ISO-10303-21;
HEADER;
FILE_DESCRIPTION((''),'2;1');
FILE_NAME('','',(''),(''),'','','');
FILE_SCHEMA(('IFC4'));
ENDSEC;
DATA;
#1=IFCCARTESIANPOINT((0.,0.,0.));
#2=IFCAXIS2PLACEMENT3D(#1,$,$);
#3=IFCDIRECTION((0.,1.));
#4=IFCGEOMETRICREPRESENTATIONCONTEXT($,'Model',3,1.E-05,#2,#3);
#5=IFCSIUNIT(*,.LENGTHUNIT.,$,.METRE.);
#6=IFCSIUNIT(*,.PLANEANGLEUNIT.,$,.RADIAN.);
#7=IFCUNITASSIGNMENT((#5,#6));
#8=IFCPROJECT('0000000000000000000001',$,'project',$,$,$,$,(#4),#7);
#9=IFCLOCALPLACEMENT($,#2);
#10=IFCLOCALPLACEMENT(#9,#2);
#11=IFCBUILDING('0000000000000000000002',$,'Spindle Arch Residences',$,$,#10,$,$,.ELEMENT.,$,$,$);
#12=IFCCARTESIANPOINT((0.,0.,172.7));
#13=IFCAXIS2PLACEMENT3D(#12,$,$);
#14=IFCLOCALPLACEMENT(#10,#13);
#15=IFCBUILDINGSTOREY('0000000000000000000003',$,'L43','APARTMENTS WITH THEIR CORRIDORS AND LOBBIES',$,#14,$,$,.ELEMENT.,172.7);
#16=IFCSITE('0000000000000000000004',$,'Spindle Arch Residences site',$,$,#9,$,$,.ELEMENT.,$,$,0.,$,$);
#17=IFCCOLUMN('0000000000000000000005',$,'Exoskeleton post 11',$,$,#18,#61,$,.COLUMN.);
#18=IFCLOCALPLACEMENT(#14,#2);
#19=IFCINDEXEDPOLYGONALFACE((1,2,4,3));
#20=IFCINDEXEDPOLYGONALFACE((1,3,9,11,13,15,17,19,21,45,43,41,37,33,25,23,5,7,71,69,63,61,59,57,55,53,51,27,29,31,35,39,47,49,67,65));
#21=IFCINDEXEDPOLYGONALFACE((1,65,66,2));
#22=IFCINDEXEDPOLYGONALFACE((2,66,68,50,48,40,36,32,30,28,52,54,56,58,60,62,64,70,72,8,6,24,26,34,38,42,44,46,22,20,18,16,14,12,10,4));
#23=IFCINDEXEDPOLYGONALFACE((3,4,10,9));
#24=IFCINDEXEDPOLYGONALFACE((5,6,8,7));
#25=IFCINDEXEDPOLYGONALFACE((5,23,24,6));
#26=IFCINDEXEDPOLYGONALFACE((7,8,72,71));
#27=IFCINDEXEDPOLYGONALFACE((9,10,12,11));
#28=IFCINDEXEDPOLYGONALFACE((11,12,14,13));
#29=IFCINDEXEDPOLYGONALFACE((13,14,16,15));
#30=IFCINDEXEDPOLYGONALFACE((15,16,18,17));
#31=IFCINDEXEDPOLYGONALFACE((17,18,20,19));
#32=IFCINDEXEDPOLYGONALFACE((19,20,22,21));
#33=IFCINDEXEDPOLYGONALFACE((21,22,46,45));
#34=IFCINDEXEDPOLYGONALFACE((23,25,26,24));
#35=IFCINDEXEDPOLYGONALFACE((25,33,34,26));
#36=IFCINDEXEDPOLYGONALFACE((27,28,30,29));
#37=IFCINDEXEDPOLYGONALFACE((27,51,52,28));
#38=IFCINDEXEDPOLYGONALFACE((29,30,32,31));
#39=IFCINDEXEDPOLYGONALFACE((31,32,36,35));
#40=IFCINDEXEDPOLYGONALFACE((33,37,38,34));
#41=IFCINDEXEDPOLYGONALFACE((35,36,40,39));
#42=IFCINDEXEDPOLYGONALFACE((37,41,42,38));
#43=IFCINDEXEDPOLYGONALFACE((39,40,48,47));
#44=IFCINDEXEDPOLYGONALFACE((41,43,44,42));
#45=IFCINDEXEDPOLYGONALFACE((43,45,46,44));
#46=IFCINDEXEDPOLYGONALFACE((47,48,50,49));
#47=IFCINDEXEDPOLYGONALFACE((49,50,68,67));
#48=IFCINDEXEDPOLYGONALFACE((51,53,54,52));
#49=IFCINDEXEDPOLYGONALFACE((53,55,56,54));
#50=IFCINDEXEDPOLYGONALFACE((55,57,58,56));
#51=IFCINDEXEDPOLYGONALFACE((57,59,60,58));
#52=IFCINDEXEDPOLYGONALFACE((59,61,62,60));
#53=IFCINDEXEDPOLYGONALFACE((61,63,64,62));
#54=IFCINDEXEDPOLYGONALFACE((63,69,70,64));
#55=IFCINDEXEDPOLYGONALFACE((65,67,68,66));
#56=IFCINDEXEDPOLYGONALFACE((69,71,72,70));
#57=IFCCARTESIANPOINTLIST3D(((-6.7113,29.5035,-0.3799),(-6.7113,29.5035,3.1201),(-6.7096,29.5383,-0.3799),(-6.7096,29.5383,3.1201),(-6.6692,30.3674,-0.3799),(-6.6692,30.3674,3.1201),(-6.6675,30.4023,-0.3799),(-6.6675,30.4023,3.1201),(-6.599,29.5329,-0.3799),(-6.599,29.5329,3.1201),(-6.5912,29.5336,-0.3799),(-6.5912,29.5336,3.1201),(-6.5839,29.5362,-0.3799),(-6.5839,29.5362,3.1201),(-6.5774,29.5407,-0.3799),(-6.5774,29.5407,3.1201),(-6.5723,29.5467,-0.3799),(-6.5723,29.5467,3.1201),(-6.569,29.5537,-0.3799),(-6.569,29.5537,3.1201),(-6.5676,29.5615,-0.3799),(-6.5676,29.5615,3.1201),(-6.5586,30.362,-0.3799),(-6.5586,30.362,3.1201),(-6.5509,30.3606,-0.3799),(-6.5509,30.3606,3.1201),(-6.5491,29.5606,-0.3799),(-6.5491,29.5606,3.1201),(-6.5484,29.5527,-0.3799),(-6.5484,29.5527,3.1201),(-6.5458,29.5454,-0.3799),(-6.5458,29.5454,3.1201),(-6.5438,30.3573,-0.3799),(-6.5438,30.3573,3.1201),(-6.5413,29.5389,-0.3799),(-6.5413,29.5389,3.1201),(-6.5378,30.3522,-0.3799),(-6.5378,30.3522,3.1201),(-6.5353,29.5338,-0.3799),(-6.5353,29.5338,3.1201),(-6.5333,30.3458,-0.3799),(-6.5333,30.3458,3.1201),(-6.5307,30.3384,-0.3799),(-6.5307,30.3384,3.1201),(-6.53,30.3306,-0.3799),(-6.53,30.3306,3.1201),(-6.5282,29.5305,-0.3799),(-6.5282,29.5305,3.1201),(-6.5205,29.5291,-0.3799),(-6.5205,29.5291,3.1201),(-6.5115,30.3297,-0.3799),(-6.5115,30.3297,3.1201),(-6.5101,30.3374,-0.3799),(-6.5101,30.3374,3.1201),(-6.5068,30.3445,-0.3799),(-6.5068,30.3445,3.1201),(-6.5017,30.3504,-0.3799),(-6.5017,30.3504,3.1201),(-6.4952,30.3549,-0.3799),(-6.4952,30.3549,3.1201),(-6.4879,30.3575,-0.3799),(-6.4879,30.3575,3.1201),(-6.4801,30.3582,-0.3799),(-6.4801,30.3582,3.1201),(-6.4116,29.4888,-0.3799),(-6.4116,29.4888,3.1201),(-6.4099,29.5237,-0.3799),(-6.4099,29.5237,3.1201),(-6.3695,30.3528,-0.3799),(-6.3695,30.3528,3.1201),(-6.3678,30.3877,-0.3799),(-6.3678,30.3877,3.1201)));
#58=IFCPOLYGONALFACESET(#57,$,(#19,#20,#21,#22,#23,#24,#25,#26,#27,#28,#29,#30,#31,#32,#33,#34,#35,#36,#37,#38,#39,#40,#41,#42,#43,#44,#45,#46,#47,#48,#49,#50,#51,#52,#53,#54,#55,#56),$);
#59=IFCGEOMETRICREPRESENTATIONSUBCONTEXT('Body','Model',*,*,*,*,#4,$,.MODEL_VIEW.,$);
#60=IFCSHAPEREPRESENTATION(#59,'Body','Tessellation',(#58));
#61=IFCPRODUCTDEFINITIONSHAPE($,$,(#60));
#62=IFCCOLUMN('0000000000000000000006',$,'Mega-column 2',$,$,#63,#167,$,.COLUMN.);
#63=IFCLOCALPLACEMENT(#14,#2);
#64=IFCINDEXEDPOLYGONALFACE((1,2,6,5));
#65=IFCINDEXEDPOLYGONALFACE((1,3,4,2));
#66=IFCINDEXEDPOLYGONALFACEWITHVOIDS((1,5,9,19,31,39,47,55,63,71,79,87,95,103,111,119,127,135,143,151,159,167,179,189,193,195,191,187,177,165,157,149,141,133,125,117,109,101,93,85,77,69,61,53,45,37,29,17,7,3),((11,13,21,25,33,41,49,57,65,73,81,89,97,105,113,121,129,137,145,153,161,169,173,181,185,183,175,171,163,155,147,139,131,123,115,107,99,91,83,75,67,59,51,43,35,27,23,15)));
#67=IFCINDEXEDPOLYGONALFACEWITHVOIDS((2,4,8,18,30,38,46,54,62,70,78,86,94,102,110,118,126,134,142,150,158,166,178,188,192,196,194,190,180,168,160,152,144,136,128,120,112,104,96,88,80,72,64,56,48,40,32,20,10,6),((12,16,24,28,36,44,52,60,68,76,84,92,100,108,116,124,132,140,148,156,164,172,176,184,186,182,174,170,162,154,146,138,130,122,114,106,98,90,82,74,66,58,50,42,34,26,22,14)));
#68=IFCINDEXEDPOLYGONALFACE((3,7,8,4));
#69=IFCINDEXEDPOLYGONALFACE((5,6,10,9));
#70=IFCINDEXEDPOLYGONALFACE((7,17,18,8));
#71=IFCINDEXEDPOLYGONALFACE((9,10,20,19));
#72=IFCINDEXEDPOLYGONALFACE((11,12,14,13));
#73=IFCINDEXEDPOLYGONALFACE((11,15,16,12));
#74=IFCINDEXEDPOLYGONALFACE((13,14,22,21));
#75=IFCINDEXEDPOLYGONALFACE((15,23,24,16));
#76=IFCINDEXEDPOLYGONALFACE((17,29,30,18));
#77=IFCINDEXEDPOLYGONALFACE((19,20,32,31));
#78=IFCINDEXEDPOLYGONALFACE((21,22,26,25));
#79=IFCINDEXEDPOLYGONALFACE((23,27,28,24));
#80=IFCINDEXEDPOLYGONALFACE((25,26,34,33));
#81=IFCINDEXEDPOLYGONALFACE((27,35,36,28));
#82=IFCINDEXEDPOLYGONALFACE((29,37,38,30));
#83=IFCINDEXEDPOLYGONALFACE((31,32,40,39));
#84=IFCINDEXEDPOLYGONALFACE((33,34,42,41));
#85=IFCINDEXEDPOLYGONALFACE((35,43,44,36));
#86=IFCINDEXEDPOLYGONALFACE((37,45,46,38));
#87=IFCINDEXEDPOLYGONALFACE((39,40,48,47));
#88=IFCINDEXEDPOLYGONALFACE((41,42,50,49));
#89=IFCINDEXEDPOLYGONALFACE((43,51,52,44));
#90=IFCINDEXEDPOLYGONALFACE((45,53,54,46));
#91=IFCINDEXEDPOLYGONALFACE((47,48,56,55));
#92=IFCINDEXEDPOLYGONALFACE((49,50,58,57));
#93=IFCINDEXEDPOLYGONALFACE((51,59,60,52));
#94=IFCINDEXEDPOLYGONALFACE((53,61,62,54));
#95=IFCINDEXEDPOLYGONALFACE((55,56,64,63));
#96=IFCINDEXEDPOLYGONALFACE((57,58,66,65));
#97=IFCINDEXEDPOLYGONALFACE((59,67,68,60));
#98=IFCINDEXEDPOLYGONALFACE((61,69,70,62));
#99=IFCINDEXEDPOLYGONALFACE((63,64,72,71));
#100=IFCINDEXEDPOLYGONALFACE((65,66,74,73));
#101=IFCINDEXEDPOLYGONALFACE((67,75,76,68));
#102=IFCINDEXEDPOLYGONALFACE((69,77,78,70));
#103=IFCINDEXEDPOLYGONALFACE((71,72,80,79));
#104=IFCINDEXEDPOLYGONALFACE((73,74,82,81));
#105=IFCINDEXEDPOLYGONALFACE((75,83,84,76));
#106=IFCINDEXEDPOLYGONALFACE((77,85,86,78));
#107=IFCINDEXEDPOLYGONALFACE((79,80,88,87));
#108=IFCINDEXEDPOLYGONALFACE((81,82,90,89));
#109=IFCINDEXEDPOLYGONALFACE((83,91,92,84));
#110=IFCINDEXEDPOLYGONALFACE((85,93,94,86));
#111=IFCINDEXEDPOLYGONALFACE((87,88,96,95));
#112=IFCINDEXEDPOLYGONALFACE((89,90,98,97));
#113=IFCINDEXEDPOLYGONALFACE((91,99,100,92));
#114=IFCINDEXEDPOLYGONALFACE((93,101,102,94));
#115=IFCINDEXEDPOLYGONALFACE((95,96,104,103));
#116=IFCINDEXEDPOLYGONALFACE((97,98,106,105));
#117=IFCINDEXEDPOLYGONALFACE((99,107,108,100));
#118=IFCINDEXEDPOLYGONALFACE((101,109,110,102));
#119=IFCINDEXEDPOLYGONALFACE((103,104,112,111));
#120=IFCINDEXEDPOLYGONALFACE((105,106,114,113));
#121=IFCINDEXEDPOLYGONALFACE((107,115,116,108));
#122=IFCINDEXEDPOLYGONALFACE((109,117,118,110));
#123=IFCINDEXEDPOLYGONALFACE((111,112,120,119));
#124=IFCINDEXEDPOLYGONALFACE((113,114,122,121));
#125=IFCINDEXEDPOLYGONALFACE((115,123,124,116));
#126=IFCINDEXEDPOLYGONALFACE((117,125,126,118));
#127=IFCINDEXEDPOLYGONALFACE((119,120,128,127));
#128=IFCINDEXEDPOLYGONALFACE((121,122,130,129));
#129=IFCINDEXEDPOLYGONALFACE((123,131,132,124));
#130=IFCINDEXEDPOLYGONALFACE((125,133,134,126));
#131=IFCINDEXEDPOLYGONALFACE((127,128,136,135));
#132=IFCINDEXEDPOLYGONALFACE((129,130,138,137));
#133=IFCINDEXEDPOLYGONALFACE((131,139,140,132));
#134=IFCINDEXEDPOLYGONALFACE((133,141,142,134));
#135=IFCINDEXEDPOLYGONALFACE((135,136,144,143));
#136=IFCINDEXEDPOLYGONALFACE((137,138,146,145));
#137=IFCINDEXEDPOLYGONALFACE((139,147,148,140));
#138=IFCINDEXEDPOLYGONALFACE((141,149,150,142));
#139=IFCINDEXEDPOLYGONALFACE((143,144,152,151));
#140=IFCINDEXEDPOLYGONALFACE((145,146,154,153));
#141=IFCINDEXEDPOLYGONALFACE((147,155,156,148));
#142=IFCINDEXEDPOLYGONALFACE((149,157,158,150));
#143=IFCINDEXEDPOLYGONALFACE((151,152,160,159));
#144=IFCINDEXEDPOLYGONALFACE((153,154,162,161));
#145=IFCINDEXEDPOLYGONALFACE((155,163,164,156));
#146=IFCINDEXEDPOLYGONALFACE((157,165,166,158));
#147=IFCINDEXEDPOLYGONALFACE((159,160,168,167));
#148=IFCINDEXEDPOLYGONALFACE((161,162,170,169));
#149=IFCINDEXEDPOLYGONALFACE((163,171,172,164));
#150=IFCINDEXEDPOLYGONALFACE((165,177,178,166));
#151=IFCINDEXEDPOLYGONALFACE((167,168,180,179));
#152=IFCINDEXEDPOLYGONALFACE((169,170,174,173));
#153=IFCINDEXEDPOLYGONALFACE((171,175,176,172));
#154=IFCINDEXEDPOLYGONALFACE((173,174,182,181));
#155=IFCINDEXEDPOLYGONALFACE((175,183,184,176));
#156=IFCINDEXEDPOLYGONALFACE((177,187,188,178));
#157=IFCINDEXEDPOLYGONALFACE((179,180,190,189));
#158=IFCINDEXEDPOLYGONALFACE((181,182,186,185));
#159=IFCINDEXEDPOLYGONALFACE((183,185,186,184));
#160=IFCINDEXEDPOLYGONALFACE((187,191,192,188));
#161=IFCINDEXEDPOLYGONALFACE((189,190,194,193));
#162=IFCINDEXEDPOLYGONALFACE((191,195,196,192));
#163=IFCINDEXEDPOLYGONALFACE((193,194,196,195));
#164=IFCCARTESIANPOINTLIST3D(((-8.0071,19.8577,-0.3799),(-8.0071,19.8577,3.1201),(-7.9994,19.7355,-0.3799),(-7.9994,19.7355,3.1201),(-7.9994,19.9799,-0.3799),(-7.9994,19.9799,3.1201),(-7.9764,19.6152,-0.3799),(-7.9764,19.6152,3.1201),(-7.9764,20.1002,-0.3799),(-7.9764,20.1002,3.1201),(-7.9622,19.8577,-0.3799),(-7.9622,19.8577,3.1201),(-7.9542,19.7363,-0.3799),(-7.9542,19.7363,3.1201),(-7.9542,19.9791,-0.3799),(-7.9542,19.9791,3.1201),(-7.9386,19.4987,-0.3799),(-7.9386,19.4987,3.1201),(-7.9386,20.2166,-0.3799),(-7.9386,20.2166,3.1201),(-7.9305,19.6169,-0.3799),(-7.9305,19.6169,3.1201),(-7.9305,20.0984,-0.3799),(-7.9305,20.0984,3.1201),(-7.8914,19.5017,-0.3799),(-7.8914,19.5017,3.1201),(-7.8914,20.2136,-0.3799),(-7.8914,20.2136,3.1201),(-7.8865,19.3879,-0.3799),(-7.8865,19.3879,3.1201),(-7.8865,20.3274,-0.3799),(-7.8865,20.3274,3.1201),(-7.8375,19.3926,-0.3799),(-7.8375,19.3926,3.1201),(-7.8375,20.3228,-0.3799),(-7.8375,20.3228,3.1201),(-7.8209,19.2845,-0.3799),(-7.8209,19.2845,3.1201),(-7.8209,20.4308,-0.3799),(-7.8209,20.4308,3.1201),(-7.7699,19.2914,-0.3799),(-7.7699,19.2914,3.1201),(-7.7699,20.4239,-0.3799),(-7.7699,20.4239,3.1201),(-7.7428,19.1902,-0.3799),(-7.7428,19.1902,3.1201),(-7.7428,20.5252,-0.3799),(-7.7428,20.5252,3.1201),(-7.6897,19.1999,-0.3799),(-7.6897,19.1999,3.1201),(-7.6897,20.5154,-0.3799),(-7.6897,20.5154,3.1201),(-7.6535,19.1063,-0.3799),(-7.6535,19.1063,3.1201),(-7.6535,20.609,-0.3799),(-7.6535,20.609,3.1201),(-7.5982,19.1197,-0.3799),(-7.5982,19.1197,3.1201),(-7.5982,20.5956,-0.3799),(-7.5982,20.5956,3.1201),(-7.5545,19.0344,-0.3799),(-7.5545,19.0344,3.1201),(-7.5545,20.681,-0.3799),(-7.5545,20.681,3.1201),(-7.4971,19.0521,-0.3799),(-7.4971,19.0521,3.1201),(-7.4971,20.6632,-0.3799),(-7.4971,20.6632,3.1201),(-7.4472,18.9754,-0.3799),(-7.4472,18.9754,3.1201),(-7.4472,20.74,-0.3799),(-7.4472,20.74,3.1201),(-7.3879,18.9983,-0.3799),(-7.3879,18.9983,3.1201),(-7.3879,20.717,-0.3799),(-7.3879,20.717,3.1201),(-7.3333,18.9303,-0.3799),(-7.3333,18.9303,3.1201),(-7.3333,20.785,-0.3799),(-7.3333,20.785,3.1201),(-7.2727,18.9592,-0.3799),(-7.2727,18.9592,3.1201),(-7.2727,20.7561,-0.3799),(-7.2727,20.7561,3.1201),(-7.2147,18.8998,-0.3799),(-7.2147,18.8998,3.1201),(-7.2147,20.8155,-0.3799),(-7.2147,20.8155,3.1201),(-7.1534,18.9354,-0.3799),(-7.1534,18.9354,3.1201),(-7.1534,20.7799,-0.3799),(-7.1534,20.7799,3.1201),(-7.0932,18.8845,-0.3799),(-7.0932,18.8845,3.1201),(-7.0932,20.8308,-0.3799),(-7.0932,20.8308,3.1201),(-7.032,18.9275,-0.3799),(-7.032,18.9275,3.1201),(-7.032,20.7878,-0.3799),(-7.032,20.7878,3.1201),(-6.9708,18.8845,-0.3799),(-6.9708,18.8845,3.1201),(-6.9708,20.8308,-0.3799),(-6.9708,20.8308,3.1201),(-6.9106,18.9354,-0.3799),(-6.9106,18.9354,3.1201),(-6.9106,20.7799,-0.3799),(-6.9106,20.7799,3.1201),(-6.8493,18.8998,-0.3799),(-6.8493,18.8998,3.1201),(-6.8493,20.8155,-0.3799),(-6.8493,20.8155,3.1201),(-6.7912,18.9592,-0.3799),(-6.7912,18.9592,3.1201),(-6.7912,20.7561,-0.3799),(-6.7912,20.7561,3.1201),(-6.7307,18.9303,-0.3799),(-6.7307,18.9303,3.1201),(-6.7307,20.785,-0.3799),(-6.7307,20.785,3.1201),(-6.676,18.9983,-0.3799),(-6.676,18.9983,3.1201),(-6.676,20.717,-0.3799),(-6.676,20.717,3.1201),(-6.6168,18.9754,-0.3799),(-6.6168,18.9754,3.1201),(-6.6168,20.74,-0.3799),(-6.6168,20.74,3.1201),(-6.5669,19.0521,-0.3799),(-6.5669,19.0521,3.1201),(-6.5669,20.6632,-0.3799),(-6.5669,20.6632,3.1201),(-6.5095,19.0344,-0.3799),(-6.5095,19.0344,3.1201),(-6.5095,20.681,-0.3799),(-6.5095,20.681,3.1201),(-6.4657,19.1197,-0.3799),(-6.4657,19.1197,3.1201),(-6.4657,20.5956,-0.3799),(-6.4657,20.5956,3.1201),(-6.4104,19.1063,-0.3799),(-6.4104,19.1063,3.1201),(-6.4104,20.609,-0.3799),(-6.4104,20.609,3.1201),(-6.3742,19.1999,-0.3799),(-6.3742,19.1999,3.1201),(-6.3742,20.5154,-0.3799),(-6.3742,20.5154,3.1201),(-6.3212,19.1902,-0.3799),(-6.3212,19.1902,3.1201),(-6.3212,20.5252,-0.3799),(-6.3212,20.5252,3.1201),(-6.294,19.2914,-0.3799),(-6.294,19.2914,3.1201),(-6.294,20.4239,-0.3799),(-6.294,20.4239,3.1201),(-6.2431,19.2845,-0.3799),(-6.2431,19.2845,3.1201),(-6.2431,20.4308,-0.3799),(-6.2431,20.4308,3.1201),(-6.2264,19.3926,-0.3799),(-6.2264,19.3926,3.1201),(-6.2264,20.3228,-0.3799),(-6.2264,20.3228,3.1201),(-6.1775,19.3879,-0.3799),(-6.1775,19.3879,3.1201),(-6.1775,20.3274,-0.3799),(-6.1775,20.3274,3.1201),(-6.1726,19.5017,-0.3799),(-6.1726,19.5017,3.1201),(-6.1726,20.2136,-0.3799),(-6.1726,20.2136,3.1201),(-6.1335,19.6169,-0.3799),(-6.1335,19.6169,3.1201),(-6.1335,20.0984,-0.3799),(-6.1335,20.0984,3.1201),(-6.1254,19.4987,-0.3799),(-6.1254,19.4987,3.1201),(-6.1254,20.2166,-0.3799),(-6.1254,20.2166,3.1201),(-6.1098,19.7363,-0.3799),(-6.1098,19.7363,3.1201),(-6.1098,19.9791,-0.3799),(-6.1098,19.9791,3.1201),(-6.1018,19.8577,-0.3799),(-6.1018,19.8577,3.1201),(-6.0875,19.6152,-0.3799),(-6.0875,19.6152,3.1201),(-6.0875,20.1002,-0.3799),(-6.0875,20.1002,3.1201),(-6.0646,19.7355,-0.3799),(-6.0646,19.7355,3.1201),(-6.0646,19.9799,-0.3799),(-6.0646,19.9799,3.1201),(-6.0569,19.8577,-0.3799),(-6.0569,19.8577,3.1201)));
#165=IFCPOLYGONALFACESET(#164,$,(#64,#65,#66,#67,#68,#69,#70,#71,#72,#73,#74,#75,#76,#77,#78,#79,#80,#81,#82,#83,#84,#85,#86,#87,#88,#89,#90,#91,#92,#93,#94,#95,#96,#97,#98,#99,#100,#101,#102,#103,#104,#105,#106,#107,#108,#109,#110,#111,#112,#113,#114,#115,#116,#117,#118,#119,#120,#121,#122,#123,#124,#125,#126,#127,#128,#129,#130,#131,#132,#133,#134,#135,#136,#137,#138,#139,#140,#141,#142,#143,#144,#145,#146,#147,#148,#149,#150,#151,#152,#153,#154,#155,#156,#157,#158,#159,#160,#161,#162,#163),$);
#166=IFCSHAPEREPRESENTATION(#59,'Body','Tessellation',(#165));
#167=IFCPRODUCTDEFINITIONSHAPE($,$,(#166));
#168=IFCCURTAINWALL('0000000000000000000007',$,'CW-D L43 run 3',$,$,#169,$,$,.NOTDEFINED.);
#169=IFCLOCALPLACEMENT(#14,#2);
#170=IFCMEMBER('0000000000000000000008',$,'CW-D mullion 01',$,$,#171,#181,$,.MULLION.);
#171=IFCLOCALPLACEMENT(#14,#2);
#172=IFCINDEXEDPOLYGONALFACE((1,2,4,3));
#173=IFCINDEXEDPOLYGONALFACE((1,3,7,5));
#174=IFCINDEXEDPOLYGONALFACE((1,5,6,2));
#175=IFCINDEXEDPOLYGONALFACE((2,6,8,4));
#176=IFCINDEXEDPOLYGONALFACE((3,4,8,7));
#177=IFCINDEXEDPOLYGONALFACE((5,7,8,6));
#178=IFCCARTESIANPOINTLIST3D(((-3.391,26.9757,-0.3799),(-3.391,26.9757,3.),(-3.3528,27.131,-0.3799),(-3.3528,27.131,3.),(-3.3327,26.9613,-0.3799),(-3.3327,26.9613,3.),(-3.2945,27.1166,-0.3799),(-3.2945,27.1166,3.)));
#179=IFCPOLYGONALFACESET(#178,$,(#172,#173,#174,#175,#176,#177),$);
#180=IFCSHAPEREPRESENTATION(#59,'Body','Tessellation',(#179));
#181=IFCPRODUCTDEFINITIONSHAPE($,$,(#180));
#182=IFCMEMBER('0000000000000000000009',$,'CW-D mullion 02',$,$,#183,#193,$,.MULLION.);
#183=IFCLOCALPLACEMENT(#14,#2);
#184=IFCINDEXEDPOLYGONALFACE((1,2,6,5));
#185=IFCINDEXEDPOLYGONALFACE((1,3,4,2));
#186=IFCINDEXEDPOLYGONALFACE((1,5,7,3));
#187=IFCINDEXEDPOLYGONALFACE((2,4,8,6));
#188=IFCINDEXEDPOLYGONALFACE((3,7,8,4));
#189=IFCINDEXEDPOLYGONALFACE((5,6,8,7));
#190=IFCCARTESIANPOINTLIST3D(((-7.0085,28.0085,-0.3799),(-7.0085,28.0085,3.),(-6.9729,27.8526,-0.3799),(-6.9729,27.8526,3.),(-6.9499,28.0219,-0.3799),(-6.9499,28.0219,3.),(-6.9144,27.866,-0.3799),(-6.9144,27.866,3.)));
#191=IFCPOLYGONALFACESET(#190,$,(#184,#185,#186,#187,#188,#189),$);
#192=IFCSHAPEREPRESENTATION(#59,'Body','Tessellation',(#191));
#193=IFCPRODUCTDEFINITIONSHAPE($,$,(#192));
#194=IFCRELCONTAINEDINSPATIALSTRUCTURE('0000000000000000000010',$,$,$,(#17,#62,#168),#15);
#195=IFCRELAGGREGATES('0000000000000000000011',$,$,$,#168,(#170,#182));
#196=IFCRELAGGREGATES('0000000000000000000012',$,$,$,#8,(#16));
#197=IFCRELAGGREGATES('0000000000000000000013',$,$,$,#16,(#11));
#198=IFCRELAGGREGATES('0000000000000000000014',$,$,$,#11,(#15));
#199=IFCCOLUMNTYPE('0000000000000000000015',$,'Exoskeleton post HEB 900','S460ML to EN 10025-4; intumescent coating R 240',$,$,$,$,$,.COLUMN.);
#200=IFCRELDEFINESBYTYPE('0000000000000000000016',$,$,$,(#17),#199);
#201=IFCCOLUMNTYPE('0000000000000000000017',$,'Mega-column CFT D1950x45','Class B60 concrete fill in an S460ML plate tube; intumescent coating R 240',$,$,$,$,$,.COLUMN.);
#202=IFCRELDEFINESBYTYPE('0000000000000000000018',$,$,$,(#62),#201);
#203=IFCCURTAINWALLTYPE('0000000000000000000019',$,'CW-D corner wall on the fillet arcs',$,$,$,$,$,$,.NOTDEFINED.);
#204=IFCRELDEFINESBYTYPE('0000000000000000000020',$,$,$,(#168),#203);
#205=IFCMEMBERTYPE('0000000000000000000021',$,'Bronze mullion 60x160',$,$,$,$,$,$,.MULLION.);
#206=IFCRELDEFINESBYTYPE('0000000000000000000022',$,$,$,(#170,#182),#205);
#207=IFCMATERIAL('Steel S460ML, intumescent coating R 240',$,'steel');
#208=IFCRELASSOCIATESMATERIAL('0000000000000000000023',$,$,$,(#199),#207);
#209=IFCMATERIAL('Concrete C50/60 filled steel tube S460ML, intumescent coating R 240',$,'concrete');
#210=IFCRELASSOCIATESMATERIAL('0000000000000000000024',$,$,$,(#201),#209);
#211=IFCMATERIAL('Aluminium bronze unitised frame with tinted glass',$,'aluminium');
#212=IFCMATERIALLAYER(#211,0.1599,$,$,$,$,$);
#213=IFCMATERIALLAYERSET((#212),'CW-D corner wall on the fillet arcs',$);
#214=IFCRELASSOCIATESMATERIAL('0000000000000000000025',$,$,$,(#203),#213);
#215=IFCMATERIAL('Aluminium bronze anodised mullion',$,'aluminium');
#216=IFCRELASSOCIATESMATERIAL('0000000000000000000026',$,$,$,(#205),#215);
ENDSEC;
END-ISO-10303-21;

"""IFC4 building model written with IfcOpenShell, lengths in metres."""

from ifc_helpers import new_model, si_unit, direction, frame, origin, origin_2d, place, context, subcontext, project, spatial, rectangle, hollow_circle, i_section, extrude, material, layer, layer_set, material_profile, profile_set, type_object, element, aggregate, save


model = new_model("IFC4")

# Units and contexts
model_context = context("Model", 3, precision=1e-05, world=origin(), true_north=direction((0.0, 1.0)))
body_context = subcontext(model_context, "Body", "Model", "MODEL_VIEW")
ifc_project = project(units=[si_unit("LENGTHUNIT", "METRE"), si_unit("PLANEANGLEUNIT", "RADIAN")], contexts=[model_context])

# Site, building, storey
site_placement = place(None, origin())
site = spatial("IfcSite", under=ifc_project, at=site_placement, Name="Spindle Arch Residences site", CompositionType="ELEMENT", RefElevation=0.0)
building_placement = place(site_placement, origin())
building = spatial("IfcBuilding", under=site, at=building_placement, Name="Spindle Arch Residences", CompositionType="ELEMENT")
storey_placement = place(building_placement, frame((0.0, 0.0, 172.7)))
storey = spatial("IfcBuildingStorey", under=building, at=storey_placement, Name="L43", Description="APARTMENTS WITH THEIR CORRIDORS AND LOBBIES", CompositionType="ELEMENT", Elevation=172.7)

# Columns
ifc_material_1 = material(Name="Steel S460ML, intumescent coating R 240", Category="steel")
ifc_material_profile_1 = material_profile(ifc_material_1, i_section(OverallWidth=0.3, OverallDepth=0.8999, WebThickness=0.0186, FlangeThickness=0.0349, FilletRadius=0.03, at=origin_2d()), Name="HEB 900")
ifc_profile_set_1 = profile_set([ifc_material_profile_1], Name="Steel S460ML, intumescent coating R 240")
column_type_1 = type_object("IfcColumnType", Name="Exoskeleton post HEB 900", Description="S460ML to EN 10025-4; intumescent coating R 240", PredefinedType="COLUMN", material=ifc_profile_set_1)
column_1_placement = place(storey_placement, frame((-6.5396, 29.9456, -0.3799), z_axis=(0.0, 0.0, 1.0), x_axis=(0.998811, -0.048754, 0.0)))
element("IfcColumn", 1, at=column_1_placement, inside=storey, type_object=column_type_1, Name="Exoskeleton post 11", PredefinedType="COLUMN", context=body_context, shape_type="SweptSolid", body=[
    extrude(i_section(OverallWidth=0.3, OverallDepth=0.8999, WebThickness=0.0186, FlangeThickness=0.0349, FilletRadius=0.03, at=origin_2d()), origin(), (0.0, 0.0, 1.0), 3.5),
])
ifc_material_2 = material(Name="Concrete C50/60 filled steel tube S460ML, intumescent coating R 240", Category="concrete")
ifc_material_profile_2 = material_profile(ifc_material_2, hollow_circle(Radius=0.9751, WallThickness=0.0449, at=origin_2d()), Name="CFT D1950x45")
ifc_profile_set_2 = profile_set([ifc_material_profile_2], Name="Concrete C50/60 filled steel tube S460ML, intumescent coating R 240")
column_type_2 = type_object("IfcColumnType", Name="Mega-column CFT D1950x45", Description="Class B60 concrete fill in an S460ML plate tube; intumescent coating R 240", PredefinedType="COLUMN", material=ifc_profile_set_2)
column_2_placement = place(storey_placement, frame((-7.032, 19.8577, -0.3799), z_axis=(0.0, 0.0, 1.0), x_axis=(1.0, 0.0, 0.0)))
element("IfcColumn", 2, at=column_2_placement, inside=storey, type_object=column_type_2, Name="Mega-column 2", PredefinedType="COLUMN", context=body_context, shape_type="SweptSolid", body=[
    extrude(hollow_circle(Radius=0.9751, WallThickness=0.0449, at=origin_2d()), origin(), (0.0, 0.0, 1.0), 3.5),
])

# Curtain wall, members
ifc_material_3 = material(Name="Aluminium bronze unitised frame with tinted glass", Category="aluminium")
ifc_layer_1 = layer(ifc_material_3, 0.1599)
ifc_layer_set_1 = layer_set([ifc_layer_1], Name="CW-D corner wall on the fillet arcs")
curtain_wall_type = type_object("IfcCurtainWallType", Name="CW-D corner wall on the fillet arcs", PredefinedType="NOTDEFINED", material=ifc_layer_set_1)
curtain_wall_placement = place(storey_placement, origin())
curtain_wall = element("IfcCurtainWall", 3, at=curtain_wall_placement, inside=storey, type_object=curtain_wall_type, Name="CW-D L43 run 3", PredefinedType="NOTDEFINED")
ifc_material_4 = material(Name="Aluminium bronze anodised mullion", Category="aluminium")
ifc_material_profile_3 = material_profile(ifc_material_4, rectangle(XDim=0.1599, YDim=0.0601, at=origin_2d()), Name="MU 60x160")
ifc_profile_set_3 = profile_set([ifc_material_profile_3], Name="Aluminium bronze anodised mullion")
member_type_1 = type_object("IfcMemberType", Name="Bronze mullion 60x160", PredefinedType="MULLION", material=ifc_profile_set_3)
member_1_placement = place(storey_placement, frame((-3.3428, 27.0461, -0.3799), z_axis=(0.0, 0.0, 1.0), x_axis=(-0.239098, -0.970995, 0.0)))
member_1 = element("IfcMember", 4, at=member_1_placement, type_object=member_type_1, Name="CW-D mullion 01", PredefinedType="MULLION", context=body_context, shape_type="SweptSolid", body=[
    extrude(rectangle(XDim=0.1599, YDim=0.0601, at=origin_2d()), origin(), (0.0, 0.0, 1.0), 3.3799),
])
member_2_placement = place(storey_placement, frame((-6.9614, 27.9373, -0.3799), z_axis=(0.0, 0.0, 1.0), x_axis=(0.222116, -0.97502, 0.0)))
member_2 = element("IfcMember", 5, at=member_2_placement, type_object=member_type_1, Name="CW-D mullion 02", PredefinedType="MULLION", context=body_context, shape_type="SweptSolid", body=[
    extrude(rectangle(XDim=0.1599, YDim=0.0601, at=origin_2d()), origin(), (0.0, 0.0, 1.0), 3.3799),
])

aggregate(curtain_wall, [member_1, member_2])

save(model, "model.ifc")
